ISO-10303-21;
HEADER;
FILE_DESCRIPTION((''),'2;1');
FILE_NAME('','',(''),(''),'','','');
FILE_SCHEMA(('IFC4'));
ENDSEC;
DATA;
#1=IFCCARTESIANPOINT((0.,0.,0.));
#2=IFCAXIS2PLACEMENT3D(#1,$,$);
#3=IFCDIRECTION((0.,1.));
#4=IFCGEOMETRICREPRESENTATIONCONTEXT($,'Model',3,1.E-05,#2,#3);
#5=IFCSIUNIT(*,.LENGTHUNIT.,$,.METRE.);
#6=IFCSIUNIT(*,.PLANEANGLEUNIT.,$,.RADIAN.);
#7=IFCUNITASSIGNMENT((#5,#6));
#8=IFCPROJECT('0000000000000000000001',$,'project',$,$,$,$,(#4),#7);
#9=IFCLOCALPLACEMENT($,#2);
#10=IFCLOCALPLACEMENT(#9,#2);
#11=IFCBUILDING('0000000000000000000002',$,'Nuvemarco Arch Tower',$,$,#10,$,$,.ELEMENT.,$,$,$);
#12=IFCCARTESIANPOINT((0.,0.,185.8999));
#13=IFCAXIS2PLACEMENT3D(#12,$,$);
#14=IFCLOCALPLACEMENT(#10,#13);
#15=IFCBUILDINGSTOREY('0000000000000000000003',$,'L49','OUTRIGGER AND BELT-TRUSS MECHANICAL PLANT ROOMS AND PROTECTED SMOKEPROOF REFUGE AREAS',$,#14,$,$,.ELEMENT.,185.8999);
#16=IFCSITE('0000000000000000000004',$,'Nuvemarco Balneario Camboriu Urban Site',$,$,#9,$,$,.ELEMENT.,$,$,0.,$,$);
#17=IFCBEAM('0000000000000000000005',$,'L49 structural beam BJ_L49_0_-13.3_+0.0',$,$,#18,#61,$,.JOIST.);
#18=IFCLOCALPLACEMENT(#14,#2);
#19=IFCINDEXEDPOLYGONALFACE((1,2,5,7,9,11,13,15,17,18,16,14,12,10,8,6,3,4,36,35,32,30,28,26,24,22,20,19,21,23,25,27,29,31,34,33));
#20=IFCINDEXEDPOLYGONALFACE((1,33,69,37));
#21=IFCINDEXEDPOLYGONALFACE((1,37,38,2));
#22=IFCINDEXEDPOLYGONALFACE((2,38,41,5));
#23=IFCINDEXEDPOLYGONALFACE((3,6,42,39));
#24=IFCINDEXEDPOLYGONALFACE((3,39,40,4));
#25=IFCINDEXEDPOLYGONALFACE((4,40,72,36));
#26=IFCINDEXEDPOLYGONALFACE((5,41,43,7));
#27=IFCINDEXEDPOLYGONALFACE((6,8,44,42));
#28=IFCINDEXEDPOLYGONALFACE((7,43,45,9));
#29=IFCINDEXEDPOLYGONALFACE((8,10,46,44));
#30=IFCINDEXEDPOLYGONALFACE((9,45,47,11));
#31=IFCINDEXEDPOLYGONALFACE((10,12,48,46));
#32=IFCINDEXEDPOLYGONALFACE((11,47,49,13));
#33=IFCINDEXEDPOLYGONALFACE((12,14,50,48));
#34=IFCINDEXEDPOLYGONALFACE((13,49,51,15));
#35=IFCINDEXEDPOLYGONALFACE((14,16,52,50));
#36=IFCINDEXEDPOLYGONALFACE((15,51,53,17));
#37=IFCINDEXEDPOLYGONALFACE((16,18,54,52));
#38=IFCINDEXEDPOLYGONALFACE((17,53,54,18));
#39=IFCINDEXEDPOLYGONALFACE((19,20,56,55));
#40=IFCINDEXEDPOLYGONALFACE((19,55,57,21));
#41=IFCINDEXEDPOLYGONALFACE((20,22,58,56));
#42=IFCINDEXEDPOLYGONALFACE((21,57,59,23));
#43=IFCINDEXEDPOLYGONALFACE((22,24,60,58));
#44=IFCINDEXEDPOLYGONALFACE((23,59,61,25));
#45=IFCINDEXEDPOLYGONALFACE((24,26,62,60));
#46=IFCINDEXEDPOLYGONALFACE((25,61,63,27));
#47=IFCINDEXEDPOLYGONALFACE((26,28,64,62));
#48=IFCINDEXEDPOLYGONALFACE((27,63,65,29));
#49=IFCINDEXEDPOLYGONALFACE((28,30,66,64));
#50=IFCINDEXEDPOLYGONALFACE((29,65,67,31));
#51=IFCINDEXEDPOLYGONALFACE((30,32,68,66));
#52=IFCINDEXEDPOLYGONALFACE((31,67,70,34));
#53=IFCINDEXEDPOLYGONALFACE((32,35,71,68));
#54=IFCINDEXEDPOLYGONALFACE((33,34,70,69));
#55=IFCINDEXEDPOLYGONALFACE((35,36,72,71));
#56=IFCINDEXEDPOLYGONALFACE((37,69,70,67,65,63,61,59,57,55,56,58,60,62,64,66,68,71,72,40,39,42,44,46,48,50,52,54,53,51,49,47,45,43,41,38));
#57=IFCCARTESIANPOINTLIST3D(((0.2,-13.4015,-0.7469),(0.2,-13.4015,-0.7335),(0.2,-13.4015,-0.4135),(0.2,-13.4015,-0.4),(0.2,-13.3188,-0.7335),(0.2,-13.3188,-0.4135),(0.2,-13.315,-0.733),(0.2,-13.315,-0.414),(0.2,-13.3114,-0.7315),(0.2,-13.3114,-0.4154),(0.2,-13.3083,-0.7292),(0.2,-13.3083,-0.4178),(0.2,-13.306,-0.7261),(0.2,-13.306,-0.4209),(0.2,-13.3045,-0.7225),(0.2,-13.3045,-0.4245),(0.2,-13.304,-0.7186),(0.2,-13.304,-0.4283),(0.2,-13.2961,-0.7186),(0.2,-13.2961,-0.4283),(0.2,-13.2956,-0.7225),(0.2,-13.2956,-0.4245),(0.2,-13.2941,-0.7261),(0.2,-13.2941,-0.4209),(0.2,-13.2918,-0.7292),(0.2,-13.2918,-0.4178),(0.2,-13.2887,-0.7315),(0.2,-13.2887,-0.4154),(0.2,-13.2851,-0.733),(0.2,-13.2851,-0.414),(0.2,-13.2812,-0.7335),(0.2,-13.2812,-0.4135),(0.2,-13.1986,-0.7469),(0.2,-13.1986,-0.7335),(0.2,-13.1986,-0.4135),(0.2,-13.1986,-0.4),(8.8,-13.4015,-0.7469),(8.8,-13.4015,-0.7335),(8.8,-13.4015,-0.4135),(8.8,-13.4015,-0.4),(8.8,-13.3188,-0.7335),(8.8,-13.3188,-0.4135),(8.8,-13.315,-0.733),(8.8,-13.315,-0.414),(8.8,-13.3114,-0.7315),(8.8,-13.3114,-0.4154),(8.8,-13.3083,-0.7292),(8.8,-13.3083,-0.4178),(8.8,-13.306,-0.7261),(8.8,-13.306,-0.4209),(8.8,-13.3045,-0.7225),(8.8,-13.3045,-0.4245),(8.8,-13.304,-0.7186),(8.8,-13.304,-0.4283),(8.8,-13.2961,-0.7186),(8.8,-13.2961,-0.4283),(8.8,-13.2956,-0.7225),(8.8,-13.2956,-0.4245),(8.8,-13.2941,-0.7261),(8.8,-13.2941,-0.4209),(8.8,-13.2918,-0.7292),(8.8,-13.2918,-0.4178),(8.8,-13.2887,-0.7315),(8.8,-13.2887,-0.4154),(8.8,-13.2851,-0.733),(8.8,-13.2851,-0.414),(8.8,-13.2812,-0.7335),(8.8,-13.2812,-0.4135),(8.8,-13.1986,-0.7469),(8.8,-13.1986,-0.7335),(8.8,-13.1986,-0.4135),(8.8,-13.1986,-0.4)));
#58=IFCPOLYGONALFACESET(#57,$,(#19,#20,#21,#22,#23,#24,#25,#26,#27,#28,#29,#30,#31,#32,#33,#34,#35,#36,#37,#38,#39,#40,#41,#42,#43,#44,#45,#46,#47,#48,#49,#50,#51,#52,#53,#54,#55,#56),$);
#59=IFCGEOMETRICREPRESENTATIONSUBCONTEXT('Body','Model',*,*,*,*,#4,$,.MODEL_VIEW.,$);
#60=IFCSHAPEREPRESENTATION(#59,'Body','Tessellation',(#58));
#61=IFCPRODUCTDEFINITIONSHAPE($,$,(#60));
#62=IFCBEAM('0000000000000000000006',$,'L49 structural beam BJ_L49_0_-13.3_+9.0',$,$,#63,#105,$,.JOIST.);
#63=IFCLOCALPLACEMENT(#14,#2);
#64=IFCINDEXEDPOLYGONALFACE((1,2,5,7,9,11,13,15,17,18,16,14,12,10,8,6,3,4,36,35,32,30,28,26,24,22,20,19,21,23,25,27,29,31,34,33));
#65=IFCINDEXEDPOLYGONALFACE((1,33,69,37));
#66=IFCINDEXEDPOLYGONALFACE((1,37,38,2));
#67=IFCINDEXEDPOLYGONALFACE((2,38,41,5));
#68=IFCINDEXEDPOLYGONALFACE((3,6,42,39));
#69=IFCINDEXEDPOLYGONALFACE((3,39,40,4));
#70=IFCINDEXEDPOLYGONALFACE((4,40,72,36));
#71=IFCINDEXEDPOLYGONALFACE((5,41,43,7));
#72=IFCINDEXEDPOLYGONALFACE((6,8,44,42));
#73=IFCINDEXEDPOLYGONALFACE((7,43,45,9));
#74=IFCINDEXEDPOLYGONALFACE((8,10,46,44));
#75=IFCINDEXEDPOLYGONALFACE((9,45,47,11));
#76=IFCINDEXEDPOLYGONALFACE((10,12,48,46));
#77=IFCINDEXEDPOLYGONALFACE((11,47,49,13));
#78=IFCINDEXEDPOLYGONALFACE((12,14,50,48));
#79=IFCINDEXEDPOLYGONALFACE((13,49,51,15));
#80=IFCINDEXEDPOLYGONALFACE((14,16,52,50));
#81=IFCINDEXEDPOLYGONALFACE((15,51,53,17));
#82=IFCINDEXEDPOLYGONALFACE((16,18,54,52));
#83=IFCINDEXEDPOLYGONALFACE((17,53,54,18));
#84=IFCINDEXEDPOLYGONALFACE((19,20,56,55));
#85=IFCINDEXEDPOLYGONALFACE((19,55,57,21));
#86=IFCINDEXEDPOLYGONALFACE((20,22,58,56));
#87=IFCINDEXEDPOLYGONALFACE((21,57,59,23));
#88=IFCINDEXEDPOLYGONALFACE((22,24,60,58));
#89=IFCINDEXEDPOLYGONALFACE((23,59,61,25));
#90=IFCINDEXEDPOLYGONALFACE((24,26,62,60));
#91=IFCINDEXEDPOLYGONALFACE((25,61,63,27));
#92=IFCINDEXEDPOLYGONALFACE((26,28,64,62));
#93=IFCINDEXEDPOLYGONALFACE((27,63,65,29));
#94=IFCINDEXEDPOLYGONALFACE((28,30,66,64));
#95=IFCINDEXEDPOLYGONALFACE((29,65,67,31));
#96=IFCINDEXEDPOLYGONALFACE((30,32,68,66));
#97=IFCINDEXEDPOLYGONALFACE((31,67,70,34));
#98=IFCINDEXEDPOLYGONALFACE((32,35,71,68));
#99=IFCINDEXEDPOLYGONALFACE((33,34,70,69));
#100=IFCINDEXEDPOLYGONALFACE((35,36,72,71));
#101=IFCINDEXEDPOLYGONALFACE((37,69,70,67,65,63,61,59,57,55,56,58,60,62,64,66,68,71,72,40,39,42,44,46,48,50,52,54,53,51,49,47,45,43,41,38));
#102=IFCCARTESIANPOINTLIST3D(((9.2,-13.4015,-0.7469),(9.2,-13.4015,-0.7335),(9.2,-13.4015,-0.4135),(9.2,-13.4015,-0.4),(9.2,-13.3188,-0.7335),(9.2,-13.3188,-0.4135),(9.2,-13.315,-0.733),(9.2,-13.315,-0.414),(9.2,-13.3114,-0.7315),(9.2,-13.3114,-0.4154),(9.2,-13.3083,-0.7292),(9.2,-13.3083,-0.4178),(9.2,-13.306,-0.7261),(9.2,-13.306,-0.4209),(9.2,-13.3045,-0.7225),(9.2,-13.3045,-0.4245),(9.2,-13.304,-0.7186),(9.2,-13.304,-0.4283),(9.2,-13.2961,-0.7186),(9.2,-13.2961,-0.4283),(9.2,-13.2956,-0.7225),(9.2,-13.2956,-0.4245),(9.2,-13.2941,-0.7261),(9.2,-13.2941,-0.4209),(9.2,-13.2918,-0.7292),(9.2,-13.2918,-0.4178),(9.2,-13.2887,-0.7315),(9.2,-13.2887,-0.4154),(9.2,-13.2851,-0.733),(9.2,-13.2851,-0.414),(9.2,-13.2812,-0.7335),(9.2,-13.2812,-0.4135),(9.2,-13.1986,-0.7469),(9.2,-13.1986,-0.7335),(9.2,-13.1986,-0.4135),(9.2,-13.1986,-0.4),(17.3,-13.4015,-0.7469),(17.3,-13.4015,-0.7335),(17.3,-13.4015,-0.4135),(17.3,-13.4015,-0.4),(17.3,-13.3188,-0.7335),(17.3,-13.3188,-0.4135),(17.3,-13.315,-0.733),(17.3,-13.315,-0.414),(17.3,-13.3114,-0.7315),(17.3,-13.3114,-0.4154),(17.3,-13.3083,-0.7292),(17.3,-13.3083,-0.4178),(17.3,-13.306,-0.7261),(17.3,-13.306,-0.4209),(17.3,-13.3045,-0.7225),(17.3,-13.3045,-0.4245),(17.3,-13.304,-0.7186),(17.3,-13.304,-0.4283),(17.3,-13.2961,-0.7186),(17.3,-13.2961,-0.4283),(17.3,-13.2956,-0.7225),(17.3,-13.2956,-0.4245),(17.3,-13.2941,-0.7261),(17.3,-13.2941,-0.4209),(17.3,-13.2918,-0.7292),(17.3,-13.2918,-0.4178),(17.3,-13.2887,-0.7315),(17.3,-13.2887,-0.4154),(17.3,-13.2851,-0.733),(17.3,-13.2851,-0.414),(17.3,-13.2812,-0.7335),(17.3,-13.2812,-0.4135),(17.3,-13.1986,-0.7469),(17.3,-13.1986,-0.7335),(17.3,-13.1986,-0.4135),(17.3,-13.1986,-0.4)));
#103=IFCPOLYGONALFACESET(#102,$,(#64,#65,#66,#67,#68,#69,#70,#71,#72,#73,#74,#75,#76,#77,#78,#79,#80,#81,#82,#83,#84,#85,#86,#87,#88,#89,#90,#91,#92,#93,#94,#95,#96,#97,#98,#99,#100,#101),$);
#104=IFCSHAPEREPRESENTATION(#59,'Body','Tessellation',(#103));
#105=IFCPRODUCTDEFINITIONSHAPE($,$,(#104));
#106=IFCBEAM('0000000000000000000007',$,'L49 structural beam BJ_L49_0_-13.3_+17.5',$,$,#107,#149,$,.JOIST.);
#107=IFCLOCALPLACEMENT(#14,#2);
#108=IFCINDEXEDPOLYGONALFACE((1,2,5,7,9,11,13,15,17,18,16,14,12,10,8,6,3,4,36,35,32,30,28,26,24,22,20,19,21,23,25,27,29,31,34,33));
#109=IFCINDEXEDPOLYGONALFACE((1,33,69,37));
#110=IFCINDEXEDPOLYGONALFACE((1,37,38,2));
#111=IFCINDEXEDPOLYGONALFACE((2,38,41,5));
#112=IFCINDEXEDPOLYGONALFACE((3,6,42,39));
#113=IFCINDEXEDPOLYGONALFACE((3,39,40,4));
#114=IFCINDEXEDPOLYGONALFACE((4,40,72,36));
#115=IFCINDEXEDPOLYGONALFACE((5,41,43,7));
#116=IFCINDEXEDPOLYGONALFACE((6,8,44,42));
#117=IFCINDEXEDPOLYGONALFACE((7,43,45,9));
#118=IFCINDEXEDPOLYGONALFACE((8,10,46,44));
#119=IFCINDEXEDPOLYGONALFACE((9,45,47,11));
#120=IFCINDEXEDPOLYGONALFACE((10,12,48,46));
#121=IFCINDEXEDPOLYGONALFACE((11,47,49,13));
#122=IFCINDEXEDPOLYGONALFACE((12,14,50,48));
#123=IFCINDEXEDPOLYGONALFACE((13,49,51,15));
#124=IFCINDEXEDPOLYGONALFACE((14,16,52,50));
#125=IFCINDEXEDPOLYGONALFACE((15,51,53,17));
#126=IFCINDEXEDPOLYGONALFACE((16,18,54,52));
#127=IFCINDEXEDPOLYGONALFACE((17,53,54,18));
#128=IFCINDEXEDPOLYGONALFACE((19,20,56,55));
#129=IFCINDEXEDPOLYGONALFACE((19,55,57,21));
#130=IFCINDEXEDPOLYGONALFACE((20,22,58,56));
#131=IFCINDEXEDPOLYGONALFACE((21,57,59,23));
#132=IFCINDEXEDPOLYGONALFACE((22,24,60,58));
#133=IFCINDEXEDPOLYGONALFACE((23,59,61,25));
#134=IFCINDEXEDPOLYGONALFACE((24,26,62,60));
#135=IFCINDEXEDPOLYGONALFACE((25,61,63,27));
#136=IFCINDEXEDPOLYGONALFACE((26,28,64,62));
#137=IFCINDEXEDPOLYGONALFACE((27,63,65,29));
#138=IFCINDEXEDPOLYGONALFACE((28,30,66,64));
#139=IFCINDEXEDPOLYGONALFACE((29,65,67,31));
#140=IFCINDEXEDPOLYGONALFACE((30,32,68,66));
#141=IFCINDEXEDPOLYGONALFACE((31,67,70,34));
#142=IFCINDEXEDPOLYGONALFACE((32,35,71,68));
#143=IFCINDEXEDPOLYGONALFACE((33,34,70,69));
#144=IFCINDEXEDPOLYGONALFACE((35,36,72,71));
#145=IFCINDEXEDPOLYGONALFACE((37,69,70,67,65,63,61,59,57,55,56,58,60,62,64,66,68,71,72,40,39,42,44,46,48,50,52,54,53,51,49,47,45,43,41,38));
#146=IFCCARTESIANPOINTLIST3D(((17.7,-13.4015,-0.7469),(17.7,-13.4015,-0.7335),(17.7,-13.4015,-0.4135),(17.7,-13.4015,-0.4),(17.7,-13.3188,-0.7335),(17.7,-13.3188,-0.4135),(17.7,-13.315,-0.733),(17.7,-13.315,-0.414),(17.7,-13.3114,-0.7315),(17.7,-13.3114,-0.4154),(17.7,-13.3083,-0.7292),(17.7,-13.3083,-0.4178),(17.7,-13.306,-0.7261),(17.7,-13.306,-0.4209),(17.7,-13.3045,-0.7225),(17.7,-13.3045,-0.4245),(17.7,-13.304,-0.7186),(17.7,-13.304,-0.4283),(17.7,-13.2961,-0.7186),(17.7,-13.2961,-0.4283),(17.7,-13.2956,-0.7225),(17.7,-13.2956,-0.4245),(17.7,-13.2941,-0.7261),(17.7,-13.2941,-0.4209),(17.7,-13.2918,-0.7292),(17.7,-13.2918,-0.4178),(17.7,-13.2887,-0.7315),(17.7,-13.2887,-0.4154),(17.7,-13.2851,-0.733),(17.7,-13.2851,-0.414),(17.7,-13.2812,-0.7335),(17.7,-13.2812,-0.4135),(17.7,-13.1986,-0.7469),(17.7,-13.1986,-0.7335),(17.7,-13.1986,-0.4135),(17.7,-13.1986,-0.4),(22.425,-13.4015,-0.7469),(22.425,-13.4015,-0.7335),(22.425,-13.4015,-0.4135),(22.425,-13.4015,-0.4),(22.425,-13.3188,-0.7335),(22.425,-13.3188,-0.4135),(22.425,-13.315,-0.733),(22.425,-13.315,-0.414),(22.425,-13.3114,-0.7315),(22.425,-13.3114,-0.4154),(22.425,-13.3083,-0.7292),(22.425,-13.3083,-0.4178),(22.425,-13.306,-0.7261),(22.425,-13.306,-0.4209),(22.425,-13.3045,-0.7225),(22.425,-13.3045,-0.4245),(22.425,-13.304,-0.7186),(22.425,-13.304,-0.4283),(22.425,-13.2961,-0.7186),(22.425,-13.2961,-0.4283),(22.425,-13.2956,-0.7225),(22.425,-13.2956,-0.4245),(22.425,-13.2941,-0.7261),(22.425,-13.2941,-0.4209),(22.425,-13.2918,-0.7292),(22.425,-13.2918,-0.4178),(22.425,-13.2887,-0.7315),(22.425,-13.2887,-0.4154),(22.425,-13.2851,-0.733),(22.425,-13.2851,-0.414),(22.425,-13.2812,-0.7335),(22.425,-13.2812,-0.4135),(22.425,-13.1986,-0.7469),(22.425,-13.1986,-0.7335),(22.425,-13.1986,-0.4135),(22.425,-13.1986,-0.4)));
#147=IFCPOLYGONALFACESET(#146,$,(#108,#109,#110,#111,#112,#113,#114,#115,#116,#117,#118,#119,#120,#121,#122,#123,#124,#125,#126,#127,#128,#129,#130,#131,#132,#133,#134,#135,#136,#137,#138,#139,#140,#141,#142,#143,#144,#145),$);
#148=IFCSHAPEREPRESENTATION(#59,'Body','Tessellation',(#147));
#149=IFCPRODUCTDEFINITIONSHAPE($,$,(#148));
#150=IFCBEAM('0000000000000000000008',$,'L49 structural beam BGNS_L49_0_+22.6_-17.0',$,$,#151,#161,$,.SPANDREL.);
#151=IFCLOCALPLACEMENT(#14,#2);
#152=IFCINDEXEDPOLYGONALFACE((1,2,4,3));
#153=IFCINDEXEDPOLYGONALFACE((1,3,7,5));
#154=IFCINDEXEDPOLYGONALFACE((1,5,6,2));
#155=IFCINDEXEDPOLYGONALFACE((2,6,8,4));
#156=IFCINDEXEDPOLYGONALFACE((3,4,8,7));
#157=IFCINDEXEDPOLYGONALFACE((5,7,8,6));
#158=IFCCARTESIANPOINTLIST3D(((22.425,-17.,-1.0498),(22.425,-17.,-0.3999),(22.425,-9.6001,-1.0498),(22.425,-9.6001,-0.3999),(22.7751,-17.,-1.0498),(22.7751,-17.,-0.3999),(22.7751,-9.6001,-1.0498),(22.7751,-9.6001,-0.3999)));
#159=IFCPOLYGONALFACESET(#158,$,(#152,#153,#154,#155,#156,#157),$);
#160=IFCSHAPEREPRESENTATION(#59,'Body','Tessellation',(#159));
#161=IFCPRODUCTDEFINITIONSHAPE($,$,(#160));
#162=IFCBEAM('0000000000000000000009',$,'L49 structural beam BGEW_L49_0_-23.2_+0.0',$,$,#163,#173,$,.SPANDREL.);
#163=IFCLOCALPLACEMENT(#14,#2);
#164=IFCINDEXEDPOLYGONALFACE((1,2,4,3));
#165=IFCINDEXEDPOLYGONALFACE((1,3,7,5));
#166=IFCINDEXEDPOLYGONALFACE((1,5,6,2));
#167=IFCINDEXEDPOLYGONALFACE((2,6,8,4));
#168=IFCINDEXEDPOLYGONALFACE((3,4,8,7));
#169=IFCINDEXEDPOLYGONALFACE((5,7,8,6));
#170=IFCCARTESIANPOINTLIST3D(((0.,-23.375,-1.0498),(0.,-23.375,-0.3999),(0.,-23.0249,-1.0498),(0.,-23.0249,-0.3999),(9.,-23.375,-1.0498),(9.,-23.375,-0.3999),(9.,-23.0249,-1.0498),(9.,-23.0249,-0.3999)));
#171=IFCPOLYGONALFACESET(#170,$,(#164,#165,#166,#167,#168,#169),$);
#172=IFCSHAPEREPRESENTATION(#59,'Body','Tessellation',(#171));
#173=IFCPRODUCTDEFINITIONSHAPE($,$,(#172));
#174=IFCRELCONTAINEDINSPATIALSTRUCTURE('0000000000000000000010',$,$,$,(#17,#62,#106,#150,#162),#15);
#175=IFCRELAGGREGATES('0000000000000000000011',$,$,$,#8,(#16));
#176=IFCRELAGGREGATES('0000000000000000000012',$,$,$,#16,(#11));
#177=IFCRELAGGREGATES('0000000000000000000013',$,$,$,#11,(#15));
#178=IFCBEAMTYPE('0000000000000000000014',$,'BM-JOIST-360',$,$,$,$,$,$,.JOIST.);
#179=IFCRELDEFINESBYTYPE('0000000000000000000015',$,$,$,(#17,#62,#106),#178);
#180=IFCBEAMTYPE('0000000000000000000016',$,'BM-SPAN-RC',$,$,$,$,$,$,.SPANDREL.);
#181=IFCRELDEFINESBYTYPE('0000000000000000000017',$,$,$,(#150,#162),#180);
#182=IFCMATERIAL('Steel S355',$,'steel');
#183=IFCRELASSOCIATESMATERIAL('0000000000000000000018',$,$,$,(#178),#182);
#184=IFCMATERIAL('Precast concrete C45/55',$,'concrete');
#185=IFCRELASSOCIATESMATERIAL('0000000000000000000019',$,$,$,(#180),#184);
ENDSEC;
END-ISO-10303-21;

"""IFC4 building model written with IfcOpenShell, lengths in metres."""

from ifc_helpers import new_model, si_unit, direction, frame, origin, origin_2d, place, context, subcontext, project, spatial, rectangle, i_section, extrude, material, material_profile, profile_set, type_object, element, save


model = new_model("IFC4")

# Units and contexts
model_context = context("Model", 3, precision=1e-05, world=origin(), true_north=direction((0.0, 1.0)))
body_context = subcontext(model_context, "Body", "Model", "MODEL_VIEW")
ifc_project = project(units=[si_unit("LENGTHUNIT", "METRE"), si_unit("PLANEANGLEUNIT", "RADIAN")], contexts=[model_context])

# Site, building, storey
site_placement = place(None, origin())
site = spatial("IfcSite", under=ifc_project, at=site_placement, Name="Nuvemarco Balneario Camboriu Urban Site", CompositionType="ELEMENT", RefElevation=0.0)
building_placement = place(site_placement, origin())
building = spatial("IfcBuilding", under=site, at=building_placement, Name="Nuvemarco Arch Tower", CompositionType="ELEMENT")
storey_placement = place(building_placement, frame((0.0, 0.0, 185.8999)))
storey = spatial("IfcBuildingStorey", under=building, at=storey_placement, Name="L49", Description="OUTRIGGER AND BELT-TRUSS MECHANICAL PLANT ROOMS AND PROTECTED SMOKEPROOF REFUGE AREAS", CompositionType="ELEMENT", Elevation=185.8999)

# Shared definitions
ifc_material_1 = material(Name="Steel S355", Category="steel")

# Beams
ifc_material_profile_1 = material_profile(ifc_material_1, i_section(OverallWidth=0.2029, OverallDepth=0.3469, WebThickness=0.0078, FlangeThickness=0.0134, FilletRadius=0.0149, at=origin_2d()), Name="W360x64")
ifc_profile_set_1 = profile_set([ifc_material_profile_1], Name="Steel S355")
beam_type_1 = type_object("IfcBeamType", Name="BM-JOIST-360", PredefinedType="JOIST", material=ifc_profile_set_1)
beam_1_placement = place(storey_placement, frame((0.2, -13.3, -0.5735), z_axis=(1.0, 0.0, 0.0), x_axis=(0.0, 1.0, 0.0)))
element("IfcBeam", 1, at=beam_1_placement, inside=storey, type_object=beam_type_1, Name="L49 structural beam BJ_L49_0_-13.3_+0.0", PredefinedType="JOIST", context=body_context, shape_type="SweptSolid", body=[
    extrude(i_section(OverallWidth=0.2029, OverallDepth=0.3469, WebThickness=0.0078, FlangeThickness=0.0134, FilletRadius=0.0149, at=origin_2d()), origin(), (0.0, 0.0, 1.0), 8.6001),
])
beam_2_placement = place(storey_placement, frame((9.2, -13.3, -0.5735), z_axis=(1.0, 0.0, 0.0), x_axis=(0.0, 1.0, 0.0)))
element("IfcBeam", 2, at=beam_2_placement, inside=storey, type_object=beam_type_1, Name="L49 structural beam BJ_L49_0_-13.3_+9.0", PredefinedType="JOIST", context=body_context, shape_type="SweptSolid", body=[
    extrude(i_section(OverallWidth=0.2029, OverallDepth=0.3469, WebThickness=0.0078, FlangeThickness=0.0134, FilletRadius=0.0149, at=origin_2d()), origin(), (0.0, 0.0, 1.0), 8.1001),
])
beam_3_placement = place(storey_placement, frame((17.7, -13.3, -0.5735), z_axis=(1.0, 0.0, 0.0), x_axis=(0.0, 1.0, 0.0)))
element("IfcBeam", 3, at=beam_3_placement, inside=storey, type_object=beam_type_1, Name="L49 structural beam BJ_L49_0_-13.3_+17.5", PredefinedType="JOIST", context=body_context, shape_type="SweptSolid", body=[
    extrude(i_section(OverallWidth=0.2029, OverallDepth=0.3469, WebThickness=0.0078, FlangeThickness=0.0134, FilletRadius=0.0149, at=origin_2d()), origin(), (0.0, 0.0, 1.0), 4.7251),
])
ifc_material_2 = material(Name="Precast concrete C45/55", Category="concrete")
ifc_material_profile_2 = material_profile(ifc_material_2, rectangle(XDim=0.3501, YDim=0.6499, at=origin_2d()), Name="PC-SP-350x650")
ifc_profile_set_2 = profile_set([ifc_material_profile_2], Name="Precast concrete C45/55")
beam_type_2 = type_object("IfcBeamType", Name="BM-SPAN-RC", PredefinedType="SPANDREL", material=ifc_profile_set_2)
beam_4_placement = place(storey_placement, frame((22.6001, -17.0, -0.7249), z_axis=(0.0, 1.0, 0.0), x_axis=(-1.0, 0.0, 0.0)))
element("IfcBeam", 4, at=beam_4_placement, inside=storey, type_object=beam_type_2, Name="L49 structural beam BGNS_L49_0_+22.6_-17.0", PredefinedType="SPANDREL", context=body_context, shape_type="SweptSolid", body=[
    extrude(rectangle(XDim=0.3501, YDim=0.6499, at=origin_2d()), origin(), (0.0, 0.0, 1.0), 7.3999),
])
beam_5_placement = place(storey_placement, frame((0.0, -23.2, -0.7249), z_axis=(1.0, 0.0, 0.0), x_axis=(0.0, 1.0, 0.0)))
element("IfcBeam", 5, at=beam_5_placement, inside=storey, type_object=beam_type_2, Name="L49 structural beam BGEW_L49_0_-23.2_+0.0", PredefinedType="SPANDREL", context=body_context, shape_type="SweptSolid", body=[
    extrude(rectangle(XDim=0.3501, YDim=0.6499, at=origin_2d()), origin(), (0.0, 0.0, 1.0), 9.0),
])

save(model, "model.ifc")
